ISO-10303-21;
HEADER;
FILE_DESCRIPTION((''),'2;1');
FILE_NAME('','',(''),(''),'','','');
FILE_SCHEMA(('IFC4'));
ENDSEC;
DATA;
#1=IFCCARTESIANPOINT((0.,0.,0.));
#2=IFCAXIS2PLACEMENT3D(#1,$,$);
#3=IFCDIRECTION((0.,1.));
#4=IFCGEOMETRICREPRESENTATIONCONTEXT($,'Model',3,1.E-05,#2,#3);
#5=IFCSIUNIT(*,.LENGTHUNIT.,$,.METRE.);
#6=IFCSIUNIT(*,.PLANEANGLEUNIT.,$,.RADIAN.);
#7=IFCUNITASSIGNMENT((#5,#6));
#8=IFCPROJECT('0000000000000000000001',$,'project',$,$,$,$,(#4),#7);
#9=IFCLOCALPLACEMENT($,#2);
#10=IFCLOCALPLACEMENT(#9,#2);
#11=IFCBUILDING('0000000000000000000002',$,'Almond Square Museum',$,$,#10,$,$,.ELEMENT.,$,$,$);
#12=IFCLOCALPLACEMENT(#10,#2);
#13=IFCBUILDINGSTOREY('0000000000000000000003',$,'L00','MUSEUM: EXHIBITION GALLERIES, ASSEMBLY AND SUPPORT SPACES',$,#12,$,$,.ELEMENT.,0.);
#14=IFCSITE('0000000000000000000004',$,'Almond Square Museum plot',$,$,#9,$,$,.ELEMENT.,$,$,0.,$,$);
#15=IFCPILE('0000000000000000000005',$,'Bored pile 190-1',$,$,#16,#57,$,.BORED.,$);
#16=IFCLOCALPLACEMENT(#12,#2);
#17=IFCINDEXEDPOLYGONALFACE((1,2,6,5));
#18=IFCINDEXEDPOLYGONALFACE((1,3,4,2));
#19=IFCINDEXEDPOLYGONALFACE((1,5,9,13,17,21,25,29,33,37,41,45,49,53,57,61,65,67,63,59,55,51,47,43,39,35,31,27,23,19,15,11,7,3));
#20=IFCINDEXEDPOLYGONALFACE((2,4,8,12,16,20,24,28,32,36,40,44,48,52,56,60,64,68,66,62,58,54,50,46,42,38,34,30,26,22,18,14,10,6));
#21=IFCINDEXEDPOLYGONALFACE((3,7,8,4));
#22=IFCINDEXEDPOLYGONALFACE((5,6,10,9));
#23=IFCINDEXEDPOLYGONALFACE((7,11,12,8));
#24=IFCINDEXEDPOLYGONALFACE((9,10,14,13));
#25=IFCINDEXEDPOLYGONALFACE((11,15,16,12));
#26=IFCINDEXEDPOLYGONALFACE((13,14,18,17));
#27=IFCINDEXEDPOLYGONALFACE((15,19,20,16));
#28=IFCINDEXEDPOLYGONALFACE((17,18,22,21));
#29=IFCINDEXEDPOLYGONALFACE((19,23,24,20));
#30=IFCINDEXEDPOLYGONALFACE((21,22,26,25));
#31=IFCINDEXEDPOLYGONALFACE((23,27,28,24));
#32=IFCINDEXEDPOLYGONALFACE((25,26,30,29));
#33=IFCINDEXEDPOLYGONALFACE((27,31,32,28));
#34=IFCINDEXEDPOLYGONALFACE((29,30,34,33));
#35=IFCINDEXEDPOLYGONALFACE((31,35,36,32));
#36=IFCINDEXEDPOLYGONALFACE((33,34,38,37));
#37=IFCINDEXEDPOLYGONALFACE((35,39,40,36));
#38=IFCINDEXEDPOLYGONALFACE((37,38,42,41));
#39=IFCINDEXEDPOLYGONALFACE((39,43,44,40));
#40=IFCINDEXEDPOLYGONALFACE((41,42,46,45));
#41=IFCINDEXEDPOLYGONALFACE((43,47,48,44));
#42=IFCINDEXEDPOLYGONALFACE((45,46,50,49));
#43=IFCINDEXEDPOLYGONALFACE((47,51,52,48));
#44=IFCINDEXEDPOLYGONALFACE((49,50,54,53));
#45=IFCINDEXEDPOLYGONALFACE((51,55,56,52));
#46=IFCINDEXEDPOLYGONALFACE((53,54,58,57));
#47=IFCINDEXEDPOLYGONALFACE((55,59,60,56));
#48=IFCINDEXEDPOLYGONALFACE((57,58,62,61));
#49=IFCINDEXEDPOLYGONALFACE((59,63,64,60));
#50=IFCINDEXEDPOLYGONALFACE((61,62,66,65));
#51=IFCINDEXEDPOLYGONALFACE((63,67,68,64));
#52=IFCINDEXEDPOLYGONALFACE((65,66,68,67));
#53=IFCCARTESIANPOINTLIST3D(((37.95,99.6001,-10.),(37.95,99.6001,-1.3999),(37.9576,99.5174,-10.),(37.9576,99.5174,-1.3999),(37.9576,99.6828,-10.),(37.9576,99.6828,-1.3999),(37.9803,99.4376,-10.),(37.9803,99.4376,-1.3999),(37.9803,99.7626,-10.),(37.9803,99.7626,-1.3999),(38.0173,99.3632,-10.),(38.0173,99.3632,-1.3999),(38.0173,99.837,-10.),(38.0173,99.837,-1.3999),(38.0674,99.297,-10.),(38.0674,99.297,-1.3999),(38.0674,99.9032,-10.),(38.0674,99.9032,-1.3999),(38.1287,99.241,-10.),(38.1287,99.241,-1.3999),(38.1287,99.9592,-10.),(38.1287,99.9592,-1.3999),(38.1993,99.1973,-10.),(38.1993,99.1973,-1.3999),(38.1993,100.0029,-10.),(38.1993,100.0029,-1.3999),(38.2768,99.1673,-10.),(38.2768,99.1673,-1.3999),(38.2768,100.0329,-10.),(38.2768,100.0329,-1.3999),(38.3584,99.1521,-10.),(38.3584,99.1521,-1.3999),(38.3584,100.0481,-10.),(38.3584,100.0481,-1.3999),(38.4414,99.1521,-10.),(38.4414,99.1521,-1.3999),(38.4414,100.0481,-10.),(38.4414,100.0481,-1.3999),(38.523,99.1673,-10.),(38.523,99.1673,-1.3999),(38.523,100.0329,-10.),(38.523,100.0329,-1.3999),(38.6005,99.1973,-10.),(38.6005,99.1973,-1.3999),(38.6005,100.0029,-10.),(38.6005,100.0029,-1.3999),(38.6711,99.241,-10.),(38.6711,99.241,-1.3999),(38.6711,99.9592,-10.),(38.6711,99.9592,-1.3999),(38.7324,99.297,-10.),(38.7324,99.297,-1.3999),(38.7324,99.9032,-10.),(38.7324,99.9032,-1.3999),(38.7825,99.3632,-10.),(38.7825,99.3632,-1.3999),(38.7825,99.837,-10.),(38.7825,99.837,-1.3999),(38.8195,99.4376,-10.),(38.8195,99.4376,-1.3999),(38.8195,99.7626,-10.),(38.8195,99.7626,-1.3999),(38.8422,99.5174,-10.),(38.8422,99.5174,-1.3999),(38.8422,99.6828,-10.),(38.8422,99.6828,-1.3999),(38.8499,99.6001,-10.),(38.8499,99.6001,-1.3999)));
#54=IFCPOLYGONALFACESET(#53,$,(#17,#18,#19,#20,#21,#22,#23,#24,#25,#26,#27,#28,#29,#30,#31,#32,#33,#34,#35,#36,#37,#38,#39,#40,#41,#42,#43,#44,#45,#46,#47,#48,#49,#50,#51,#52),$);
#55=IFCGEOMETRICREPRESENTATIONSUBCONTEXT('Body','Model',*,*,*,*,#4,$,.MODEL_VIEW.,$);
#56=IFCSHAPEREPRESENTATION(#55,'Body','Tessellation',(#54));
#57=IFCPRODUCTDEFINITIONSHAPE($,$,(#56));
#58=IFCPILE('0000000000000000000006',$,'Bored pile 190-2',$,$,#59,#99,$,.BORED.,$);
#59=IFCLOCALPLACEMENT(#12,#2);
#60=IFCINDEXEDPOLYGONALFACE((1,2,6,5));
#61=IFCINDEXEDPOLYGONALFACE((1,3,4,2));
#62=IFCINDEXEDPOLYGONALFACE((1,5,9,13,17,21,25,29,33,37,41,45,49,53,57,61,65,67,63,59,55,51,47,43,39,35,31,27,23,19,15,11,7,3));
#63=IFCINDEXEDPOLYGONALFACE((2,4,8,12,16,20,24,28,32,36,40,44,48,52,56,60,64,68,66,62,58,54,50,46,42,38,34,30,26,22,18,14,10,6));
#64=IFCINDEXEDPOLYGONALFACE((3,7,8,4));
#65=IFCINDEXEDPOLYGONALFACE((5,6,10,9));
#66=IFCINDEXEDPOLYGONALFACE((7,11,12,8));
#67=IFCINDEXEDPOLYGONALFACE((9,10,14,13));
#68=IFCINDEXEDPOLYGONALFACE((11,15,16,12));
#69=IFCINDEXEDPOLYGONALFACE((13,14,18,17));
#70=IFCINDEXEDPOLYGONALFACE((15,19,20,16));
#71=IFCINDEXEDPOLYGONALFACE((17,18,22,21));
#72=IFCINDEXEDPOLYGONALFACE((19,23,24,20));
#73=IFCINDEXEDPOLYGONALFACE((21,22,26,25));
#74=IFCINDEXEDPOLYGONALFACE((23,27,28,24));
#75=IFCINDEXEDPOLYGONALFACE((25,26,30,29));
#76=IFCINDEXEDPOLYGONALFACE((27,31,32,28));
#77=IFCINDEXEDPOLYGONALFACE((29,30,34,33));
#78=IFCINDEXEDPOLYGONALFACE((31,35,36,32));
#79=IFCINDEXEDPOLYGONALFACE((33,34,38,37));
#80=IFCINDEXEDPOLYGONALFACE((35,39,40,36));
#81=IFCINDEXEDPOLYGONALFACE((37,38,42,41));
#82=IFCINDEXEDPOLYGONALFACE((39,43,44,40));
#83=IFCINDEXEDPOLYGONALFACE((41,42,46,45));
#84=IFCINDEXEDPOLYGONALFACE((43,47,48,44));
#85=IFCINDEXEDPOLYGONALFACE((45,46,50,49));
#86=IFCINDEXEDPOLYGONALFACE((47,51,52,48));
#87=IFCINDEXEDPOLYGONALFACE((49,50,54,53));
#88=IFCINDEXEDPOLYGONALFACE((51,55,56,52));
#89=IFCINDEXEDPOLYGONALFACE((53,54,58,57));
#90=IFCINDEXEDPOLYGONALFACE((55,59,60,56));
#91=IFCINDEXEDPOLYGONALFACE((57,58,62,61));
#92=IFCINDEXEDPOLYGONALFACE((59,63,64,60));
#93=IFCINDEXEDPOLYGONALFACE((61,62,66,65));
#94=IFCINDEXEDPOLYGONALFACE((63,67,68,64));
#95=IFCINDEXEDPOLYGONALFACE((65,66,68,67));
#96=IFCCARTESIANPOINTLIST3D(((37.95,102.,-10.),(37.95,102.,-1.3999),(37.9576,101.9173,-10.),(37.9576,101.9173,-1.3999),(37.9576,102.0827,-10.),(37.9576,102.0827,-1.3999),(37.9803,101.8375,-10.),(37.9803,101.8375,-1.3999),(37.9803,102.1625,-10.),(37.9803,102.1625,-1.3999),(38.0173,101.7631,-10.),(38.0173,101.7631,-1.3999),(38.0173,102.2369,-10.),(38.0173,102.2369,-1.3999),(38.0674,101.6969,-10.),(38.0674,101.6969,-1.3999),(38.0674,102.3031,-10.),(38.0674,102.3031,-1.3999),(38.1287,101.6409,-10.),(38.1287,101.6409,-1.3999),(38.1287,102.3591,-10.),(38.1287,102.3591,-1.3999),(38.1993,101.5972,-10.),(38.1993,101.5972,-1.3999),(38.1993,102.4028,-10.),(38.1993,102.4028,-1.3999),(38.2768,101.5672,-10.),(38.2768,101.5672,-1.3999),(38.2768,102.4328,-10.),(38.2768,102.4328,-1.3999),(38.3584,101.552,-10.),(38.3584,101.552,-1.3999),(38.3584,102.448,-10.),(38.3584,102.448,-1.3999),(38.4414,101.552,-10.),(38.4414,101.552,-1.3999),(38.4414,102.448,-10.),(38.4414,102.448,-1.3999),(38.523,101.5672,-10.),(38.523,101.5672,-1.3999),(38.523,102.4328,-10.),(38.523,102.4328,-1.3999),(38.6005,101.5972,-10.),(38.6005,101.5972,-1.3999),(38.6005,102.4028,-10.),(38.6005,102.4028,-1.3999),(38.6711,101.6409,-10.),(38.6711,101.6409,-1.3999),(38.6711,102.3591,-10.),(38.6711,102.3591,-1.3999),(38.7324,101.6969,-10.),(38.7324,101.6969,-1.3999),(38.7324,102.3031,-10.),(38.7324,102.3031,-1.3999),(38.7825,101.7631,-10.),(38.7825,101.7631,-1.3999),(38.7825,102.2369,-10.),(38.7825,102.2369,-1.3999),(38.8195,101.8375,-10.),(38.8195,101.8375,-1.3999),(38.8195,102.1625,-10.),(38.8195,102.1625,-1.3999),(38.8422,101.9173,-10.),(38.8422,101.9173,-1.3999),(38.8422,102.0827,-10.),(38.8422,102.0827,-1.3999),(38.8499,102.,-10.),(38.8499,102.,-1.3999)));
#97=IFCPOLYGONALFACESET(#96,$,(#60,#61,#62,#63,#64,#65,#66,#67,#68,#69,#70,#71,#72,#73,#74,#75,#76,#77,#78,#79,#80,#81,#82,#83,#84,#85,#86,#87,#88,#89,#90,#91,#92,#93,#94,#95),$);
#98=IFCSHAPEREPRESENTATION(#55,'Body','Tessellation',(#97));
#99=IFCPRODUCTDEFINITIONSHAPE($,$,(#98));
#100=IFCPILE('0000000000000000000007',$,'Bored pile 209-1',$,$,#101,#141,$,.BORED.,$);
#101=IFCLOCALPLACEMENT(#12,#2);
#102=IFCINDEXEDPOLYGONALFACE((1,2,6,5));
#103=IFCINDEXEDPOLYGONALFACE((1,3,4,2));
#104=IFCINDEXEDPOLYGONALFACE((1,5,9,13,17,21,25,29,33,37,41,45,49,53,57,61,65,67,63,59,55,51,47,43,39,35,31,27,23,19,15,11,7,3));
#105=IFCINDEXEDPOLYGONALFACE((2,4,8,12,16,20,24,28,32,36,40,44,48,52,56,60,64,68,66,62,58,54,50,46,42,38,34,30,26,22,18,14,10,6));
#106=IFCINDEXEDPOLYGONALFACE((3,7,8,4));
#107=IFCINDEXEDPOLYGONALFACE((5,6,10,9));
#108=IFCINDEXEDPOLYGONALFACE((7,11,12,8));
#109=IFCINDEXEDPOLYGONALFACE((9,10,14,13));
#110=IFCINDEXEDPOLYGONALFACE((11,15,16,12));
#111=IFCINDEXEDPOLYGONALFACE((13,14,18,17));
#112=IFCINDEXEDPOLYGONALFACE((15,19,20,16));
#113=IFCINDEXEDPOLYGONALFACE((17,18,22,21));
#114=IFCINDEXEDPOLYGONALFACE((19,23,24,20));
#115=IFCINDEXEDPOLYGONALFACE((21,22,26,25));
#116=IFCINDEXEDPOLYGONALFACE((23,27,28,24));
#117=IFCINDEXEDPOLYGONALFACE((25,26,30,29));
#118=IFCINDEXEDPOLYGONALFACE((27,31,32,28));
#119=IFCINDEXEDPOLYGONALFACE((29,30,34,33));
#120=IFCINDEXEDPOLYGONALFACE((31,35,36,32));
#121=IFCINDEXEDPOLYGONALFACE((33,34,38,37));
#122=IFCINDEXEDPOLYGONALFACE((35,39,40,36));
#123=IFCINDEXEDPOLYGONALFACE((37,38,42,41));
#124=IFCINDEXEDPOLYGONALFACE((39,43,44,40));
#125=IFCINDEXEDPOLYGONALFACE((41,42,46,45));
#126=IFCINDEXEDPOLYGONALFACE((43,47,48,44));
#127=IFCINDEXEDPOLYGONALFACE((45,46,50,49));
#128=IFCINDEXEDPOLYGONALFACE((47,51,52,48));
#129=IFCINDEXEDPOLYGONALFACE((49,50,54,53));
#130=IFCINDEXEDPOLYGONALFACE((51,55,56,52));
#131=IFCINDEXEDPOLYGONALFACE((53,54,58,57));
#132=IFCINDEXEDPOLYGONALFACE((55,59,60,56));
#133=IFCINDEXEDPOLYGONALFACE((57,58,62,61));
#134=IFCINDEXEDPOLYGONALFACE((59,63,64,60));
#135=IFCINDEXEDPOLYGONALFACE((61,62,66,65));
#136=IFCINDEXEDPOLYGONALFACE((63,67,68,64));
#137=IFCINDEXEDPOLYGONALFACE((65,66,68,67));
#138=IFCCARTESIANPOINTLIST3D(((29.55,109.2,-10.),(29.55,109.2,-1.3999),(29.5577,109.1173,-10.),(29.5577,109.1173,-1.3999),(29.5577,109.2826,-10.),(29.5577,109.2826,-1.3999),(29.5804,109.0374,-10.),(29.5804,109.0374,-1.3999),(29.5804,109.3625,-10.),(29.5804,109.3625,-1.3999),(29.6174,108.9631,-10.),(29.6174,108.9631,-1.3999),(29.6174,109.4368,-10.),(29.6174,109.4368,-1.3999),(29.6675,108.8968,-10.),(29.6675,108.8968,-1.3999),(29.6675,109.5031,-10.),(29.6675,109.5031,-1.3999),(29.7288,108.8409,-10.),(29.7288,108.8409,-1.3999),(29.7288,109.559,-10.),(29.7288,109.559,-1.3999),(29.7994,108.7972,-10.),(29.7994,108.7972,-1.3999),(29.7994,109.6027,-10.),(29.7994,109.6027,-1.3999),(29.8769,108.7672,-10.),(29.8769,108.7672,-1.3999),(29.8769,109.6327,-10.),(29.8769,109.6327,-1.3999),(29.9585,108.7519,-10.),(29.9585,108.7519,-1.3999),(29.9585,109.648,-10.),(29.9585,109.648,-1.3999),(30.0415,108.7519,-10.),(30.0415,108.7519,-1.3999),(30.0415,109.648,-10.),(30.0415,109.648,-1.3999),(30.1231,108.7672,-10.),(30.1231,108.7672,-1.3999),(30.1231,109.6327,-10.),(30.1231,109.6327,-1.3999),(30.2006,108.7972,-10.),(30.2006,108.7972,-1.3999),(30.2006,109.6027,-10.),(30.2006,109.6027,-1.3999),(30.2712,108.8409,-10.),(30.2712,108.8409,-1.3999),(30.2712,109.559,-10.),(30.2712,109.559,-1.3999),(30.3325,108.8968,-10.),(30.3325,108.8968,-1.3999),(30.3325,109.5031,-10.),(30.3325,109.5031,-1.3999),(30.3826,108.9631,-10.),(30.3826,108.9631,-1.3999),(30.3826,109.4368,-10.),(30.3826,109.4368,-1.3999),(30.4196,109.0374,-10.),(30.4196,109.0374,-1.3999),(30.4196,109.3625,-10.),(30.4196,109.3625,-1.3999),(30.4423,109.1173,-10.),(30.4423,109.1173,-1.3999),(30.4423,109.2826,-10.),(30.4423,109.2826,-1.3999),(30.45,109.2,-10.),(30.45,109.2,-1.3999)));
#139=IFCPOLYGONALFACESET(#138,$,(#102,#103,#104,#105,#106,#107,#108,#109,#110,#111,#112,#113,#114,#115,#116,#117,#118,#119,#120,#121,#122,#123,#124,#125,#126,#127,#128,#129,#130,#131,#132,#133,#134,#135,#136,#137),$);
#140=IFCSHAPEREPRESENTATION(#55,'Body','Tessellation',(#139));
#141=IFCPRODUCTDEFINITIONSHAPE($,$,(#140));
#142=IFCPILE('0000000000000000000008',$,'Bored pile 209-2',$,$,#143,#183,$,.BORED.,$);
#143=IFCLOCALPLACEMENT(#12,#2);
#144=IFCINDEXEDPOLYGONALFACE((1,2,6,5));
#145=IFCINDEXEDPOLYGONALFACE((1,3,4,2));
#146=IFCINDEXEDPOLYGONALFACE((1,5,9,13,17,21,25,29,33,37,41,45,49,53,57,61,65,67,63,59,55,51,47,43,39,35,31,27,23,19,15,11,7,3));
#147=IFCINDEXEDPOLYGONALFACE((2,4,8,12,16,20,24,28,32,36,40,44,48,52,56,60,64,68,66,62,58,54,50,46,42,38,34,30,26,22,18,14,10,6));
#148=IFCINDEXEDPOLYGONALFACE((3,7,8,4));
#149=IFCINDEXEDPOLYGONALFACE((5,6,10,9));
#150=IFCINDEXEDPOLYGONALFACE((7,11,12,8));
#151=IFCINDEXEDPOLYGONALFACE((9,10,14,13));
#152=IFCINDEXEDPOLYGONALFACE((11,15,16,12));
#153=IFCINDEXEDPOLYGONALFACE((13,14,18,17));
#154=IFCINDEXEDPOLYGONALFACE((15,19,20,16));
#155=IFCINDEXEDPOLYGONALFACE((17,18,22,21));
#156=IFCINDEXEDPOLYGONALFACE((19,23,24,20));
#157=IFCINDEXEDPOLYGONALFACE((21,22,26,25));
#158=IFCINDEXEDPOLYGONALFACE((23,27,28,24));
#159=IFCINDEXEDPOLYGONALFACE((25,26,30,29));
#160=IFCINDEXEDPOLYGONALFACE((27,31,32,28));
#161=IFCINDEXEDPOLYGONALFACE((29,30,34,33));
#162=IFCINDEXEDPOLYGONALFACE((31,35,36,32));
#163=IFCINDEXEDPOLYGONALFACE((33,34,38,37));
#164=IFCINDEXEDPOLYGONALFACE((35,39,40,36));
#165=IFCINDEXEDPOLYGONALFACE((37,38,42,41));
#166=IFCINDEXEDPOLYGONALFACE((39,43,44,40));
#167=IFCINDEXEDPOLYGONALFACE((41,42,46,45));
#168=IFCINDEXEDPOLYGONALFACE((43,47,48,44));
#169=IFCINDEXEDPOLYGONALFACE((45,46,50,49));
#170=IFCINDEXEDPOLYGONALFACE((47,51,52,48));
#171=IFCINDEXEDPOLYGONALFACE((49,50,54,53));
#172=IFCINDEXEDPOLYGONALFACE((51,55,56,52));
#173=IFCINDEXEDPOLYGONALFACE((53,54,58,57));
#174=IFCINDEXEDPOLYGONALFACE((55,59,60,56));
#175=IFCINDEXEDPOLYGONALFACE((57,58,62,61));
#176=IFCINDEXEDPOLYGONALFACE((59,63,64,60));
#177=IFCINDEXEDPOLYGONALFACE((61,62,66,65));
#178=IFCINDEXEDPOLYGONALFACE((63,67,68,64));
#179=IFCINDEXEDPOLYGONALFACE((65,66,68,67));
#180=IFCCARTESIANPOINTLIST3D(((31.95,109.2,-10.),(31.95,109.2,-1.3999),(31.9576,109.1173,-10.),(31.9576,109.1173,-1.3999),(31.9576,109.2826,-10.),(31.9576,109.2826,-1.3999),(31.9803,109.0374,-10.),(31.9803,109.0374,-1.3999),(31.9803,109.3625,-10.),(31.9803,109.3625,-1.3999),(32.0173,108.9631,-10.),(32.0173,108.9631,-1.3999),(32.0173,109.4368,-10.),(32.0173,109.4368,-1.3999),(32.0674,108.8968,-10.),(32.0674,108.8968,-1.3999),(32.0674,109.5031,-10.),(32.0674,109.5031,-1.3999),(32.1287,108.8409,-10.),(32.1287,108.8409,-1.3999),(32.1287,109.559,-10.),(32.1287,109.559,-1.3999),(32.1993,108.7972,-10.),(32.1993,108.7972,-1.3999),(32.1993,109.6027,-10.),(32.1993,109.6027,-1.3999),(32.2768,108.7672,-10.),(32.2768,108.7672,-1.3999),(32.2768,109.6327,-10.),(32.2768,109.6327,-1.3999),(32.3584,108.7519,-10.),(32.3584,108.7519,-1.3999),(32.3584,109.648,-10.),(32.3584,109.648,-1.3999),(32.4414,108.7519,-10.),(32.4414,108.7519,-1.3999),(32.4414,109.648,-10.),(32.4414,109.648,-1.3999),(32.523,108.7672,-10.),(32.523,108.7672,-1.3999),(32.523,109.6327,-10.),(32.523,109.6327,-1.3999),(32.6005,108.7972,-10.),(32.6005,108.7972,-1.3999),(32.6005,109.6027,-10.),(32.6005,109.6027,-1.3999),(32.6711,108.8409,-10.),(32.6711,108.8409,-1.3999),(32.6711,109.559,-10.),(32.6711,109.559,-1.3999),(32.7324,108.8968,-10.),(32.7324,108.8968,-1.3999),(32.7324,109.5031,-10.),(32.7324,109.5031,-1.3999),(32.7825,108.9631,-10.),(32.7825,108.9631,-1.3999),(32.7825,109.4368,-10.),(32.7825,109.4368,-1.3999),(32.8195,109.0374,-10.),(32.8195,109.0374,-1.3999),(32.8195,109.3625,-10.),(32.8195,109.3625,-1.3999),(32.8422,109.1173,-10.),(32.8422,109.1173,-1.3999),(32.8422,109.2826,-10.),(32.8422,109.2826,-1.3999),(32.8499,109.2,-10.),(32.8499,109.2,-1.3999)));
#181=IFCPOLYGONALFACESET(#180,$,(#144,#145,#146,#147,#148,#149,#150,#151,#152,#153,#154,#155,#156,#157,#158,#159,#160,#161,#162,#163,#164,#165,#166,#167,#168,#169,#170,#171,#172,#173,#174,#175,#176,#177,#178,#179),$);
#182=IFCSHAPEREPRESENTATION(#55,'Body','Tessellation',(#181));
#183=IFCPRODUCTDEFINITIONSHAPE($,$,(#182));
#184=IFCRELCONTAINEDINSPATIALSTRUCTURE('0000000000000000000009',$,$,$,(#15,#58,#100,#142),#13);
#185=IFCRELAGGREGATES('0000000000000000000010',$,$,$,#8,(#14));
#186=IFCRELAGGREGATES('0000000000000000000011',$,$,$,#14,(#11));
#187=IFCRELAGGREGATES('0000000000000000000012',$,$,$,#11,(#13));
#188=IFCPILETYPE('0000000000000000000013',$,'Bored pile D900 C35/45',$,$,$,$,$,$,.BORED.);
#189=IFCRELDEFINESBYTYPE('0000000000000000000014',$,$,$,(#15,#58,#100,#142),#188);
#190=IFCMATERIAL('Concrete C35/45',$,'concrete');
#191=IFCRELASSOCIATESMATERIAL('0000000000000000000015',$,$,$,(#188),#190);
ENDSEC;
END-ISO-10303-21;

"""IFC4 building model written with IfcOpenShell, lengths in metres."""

from ifc_helpers import new_model, si_unit, direction, frame, origin, origin_2d, place, context, subcontext, project, spatial, circle, extrude, material, material_profile, profile_set, type_object, element, save


model = new_model("IFC4")

# Units and contexts
model_context = context("Model", 3, precision=1e-05, world=origin(), true_north=direction((0.0, 1.0)))
body_context = subcontext(model_context, "Body", "Model", "MODEL_VIEW")
ifc_project = project(units=[si_unit("LENGTHUNIT", "METRE"), si_unit("PLANEANGLEUNIT", "RADIAN")], contexts=[model_context])

# Site, building, storey
site_placement = place(None, origin())
site = spatial("IfcSite", under=ifc_project, at=site_placement, Name="Almond Square Museum plot", CompositionType="ELEMENT", RefElevation=0.0)
building_placement = place(site_placement, origin())
building = spatial("IfcBuilding", under=site, at=building_placement, Name="Almond Square Museum", CompositionType="ELEMENT")
storey_placement = place(building_placement, origin())
storey = spatial("IfcBuildingStorey", under=building, at=storey_placement, Name="L00", Description="MUSEUM: EXHIBITION GALLERIES, ASSEMBLY AND SUPPORT SPACES", CompositionType="ELEMENT", Elevation=0.0)

# Piles
ifc_material_1 = material(Name="Concrete C35/45", Category="concrete")
ifc_material_profile_1 = material_profile(ifc_material_1, circle(Radius=0.45, at=origin_2d()))
ifc_profile_set_1 = profile_set([ifc_material_profile_1], Name="Concrete C35/45")
pile_type = type_object("IfcPileType", Name="Bored pile D900 C35/45", PredefinedType="BORED", material=ifc_profile_set_1)
for number, where, z_axis, x_axis, name in (
    (1, (38.3999, 99.6001, -1.3999), (0.0, 0.0, -1.0), (1.0, 0.0, 0.0), "Bored pile 190-1"),
    (2, (38.3999, 102.0, -1.3999), (0.0, 0.0, -1.0), (1.0, 0.0, 0.0), "Bored pile 190-2"),
    (3, (30.0, 109.2, -1.3999), (0.0, 0.0, -1.0), (1.0, 0.0, 0.0), "Bored pile 209-1"),
    (4, (32.3999, 109.2, -1.3999), (0.0, 0.0, -1.0), (1.0, 0.0, 0.0), "Bored pile 209-2"),
):
    element("IfcPile", number, at=place(storey_placement, frame(where, z_axis=z_axis, x_axis=x_axis)), inside=storey, type_object=pile_type, Name=name, PredefinedType="BORED", context=body_context, shape_type="SweptSolid", body=[
        extrude(circle(Radius=0.45, at=origin_2d()), origin(), (0.0, 0.0, 1.0), 8.6001),
    ])

save(model, "model.ifc")
